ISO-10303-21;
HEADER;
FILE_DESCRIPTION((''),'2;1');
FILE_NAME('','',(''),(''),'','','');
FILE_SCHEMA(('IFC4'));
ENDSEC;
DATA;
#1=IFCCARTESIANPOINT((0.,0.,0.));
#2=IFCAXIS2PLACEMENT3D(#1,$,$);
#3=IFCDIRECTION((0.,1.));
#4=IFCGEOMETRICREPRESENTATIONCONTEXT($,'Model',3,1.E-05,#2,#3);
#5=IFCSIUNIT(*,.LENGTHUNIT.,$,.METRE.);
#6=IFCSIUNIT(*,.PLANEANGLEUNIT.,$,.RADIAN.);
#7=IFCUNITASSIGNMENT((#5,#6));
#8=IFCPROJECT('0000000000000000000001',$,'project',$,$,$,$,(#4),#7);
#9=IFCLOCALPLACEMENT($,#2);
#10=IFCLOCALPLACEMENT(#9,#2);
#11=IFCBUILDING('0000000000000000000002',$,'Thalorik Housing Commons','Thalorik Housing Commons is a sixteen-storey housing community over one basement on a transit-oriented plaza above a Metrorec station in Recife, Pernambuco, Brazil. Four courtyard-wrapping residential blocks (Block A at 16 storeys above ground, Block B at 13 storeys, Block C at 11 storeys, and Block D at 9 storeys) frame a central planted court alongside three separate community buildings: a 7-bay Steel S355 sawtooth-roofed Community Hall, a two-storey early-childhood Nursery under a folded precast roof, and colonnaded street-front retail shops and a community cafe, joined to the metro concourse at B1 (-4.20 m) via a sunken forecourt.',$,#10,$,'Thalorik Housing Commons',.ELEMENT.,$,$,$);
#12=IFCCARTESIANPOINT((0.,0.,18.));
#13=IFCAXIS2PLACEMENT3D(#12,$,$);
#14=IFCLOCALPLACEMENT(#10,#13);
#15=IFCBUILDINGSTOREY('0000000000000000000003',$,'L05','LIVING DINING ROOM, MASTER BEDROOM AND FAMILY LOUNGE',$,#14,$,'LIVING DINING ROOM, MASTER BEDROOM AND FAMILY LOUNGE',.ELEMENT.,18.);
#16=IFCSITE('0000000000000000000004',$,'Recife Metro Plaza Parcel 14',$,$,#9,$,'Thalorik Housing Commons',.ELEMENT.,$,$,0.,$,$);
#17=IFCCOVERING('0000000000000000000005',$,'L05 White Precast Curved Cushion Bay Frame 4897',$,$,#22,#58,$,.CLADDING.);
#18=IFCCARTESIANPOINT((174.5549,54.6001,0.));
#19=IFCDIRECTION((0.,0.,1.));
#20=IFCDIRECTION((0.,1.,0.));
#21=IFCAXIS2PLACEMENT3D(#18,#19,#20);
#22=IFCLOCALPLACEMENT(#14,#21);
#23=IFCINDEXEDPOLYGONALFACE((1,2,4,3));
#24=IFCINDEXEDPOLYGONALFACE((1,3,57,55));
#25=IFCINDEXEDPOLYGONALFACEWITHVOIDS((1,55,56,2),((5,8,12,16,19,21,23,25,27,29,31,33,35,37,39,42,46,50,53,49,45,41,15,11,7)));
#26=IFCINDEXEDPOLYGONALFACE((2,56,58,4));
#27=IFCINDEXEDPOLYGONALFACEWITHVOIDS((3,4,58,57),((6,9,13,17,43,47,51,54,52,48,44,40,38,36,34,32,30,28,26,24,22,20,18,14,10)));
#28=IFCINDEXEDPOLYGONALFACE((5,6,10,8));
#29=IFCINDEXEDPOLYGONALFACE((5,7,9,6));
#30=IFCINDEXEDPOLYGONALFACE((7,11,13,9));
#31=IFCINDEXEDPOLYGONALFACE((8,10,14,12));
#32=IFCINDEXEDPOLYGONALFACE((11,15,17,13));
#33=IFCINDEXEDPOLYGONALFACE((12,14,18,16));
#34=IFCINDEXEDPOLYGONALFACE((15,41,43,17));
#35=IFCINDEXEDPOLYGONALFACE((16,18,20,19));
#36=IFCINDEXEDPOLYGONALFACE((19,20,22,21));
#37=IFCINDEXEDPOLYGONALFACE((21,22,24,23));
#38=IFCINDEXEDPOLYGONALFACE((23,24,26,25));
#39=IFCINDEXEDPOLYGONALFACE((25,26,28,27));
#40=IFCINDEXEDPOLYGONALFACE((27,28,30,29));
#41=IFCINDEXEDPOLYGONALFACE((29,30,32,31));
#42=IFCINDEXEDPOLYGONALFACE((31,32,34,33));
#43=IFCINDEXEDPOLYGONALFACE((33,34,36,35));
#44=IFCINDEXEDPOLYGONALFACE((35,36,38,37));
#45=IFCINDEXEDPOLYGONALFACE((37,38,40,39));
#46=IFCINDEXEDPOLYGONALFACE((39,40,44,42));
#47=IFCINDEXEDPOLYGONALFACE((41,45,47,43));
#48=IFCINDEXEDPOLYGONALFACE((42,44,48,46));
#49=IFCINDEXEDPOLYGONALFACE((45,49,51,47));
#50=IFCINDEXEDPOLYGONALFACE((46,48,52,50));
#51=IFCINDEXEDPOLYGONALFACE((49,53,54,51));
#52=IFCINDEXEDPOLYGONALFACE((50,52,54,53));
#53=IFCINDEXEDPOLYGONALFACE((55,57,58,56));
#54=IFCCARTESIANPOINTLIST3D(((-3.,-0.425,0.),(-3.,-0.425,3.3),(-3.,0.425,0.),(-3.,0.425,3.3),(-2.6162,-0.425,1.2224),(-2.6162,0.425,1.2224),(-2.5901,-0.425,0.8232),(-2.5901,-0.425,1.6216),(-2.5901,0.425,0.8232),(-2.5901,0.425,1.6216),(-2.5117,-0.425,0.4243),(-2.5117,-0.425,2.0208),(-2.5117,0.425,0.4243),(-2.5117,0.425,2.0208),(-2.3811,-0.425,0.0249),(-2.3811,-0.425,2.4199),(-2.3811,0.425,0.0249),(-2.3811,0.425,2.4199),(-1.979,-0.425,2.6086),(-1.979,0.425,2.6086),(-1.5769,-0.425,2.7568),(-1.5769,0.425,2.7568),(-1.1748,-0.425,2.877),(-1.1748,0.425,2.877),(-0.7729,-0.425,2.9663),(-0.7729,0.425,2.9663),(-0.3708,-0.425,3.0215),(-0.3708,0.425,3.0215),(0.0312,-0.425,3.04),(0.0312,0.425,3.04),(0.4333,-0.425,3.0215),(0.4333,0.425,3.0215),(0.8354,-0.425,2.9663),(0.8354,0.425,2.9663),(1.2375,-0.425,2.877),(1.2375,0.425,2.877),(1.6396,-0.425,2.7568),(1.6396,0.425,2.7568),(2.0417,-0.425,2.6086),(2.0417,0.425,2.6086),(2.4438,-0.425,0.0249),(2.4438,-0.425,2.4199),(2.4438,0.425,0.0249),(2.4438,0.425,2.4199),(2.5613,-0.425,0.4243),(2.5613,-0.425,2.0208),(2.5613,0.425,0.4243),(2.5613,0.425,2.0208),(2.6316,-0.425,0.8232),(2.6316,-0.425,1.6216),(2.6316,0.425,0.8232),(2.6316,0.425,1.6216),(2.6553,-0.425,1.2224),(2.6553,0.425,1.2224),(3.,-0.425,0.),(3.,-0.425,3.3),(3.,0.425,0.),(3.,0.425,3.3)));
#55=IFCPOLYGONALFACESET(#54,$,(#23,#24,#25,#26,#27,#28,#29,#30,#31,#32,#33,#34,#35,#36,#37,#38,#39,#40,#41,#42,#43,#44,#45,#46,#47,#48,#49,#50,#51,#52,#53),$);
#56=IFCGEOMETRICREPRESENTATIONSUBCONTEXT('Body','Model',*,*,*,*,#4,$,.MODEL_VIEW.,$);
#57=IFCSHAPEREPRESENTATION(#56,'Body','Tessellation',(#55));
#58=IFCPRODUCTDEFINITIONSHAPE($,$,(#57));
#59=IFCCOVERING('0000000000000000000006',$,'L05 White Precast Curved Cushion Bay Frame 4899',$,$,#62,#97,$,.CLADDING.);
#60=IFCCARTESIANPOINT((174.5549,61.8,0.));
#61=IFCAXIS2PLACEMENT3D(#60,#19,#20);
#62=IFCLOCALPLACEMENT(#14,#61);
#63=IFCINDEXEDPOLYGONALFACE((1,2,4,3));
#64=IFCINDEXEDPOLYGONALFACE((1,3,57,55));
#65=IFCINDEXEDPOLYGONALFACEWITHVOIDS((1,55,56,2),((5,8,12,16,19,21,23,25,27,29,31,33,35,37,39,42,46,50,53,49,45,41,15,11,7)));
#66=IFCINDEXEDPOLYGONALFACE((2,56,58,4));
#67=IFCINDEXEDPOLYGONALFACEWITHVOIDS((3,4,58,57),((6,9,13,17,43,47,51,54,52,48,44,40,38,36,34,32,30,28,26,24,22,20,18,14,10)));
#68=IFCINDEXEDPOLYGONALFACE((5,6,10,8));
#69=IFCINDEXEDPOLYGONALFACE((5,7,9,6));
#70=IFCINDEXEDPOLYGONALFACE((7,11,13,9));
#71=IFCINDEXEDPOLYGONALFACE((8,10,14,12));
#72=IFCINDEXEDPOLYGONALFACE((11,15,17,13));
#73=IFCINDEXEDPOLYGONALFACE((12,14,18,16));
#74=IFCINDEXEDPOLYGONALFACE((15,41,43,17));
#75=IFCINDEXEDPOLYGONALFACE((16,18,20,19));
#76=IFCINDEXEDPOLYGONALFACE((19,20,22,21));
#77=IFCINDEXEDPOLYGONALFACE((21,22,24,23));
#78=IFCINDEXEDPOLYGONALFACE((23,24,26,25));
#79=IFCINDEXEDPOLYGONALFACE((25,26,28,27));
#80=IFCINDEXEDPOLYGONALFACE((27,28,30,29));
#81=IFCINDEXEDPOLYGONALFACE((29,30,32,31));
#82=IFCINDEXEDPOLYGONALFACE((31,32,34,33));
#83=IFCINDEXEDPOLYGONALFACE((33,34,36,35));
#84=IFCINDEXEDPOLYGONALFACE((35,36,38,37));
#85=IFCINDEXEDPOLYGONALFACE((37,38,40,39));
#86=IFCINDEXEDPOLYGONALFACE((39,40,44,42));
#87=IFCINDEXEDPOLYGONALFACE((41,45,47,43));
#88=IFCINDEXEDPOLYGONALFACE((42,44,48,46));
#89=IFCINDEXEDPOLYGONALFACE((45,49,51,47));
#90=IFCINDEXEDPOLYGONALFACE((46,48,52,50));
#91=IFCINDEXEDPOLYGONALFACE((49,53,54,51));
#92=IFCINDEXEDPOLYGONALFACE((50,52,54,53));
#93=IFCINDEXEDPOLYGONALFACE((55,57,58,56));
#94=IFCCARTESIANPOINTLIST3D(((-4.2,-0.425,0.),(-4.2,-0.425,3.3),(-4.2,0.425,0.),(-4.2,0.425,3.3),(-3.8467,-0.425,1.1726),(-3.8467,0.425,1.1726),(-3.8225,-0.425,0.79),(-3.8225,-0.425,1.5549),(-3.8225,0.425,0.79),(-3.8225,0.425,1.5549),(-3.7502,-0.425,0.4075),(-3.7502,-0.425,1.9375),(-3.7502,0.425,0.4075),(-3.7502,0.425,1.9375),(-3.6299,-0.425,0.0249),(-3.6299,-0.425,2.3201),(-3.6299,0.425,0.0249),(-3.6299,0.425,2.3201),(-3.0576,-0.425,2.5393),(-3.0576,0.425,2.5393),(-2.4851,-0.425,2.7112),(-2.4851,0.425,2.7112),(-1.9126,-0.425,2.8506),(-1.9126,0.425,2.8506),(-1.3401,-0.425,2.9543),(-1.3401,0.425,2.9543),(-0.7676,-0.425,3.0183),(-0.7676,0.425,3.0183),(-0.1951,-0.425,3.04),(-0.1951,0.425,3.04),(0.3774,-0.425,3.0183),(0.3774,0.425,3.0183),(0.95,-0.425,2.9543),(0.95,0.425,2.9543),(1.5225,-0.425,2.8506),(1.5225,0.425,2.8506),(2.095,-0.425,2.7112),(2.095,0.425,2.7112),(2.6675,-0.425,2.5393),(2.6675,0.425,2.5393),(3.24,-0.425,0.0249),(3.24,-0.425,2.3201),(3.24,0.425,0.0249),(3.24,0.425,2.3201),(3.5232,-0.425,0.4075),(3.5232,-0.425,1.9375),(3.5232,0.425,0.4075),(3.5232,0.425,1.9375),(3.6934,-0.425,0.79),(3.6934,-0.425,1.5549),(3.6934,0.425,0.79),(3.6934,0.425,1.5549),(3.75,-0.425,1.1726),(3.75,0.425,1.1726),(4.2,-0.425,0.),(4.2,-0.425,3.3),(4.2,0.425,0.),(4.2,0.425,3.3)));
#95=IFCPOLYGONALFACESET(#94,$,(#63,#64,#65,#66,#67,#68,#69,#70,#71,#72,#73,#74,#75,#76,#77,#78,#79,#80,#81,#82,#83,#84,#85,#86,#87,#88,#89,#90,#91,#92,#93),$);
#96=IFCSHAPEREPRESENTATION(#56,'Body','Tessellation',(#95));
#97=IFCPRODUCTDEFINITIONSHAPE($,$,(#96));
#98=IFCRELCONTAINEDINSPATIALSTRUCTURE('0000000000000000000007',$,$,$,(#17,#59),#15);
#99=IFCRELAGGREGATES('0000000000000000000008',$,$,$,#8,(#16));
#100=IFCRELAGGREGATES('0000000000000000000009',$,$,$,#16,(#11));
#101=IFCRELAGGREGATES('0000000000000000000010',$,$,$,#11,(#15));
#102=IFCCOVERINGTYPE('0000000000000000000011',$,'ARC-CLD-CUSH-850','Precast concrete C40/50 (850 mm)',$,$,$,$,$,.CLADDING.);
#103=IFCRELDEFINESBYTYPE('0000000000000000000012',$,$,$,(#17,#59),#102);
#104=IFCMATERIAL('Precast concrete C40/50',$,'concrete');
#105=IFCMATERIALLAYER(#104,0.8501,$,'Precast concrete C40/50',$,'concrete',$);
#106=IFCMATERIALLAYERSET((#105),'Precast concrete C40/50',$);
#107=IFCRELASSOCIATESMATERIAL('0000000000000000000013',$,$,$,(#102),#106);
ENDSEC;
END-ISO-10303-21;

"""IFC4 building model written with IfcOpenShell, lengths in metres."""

from ifc_helpers import new_model, si_unit, direction, frame, origin, place, context, subcontext, project, spatial, polyline, outline, extrude, material, layer, layer_set, type_object, element, save


model = new_model("IFC4")

# Units and contexts
model_context = context("Model", 3, precision=1e-05, world=origin(), true_north=direction((0.0, 1.0)))
body_context = subcontext(model_context, "Body", "Model", "MODEL_VIEW")
ifc_project = project(units=[si_unit("LENGTHUNIT", "METRE"), si_unit("PLANEANGLEUNIT", "RADIAN")], contexts=[model_context])

# Site, building, storey
site_placement = place(None, origin())
site = spatial("IfcSite", under=ifc_project, at=site_placement, Name="Recife Metro Plaza Parcel 14", LongName="Thalorik Housing Commons", CompositionType="ELEMENT", RefElevation=0.0)
building_placement = place(site_placement, origin())
building = spatial("IfcBuilding", under=site, at=building_placement, Name="Thalorik Housing Commons", Description="Thalorik Housing Commons is a sixteen-storey housing community over one basement on a transit-oriented plaza above a Metrorec station in Recife, Pernambuco, Brazil. Four courtyard-wrapping residential blocks (Block A at 16 storeys above ground, Block B at 13 storeys, Block C at 11 storeys, and Block D at 9 storeys) frame a central planted court alongside three separate community buildings: a 7-bay Steel S355 sawtooth-roofed Community Hall, a two-storey early-childhood Nursery under a folded precast roof, and colonnaded street-front retail shops and a community cafe, joined to the metro concourse at B1 (-4.20 m) via a sunken forecourt.", LongName="Thalorik Housing Commons", CompositionType="ELEMENT")
storey_placement = place(building_placement, frame((0.0, 0.0, 18.0)))
storey = spatial("IfcBuildingStorey", under=building, at=storey_placement, Name="L05", Description="LIVING DINING ROOM, MASTER BEDROOM AND FAMILY LOUNGE", LongName="LIVING DINING ROOM, MASTER BEDROOM AND FAMILY LOUNGE", CompositionType="ELEMENT", Elevation=18.0)

# Shared definitions
ifc_material_1 = material(Name="Precast concrete C40/50", Category="concrete")

# Coverings
ifc_layer_1 = layer(ifc_material_1, 0.8501, Name="Precast concrete C40/50", Category="concrete")
ifc_layer_set_1 = layer_set([ifc_layer_1], Name="Precast concrete C40/50")
covering_type_1 = type_object("IfcCoveringType", Name="ARC-CLD-CUSH-850", Description="Precast concrete C40/50 (850 mm)", PredefinedType="CLADDING", material=ifc_layer_set_1)
covering_1_placement = place(storey_placement, frame((174.5549, 54.6001, 0.0), z_axis=(0.0, 0.0, 1.0), x_axis=(0.0, 1.0, 0.0)))
element("IfcCovering", 1, at=covering_1_placement, inside=storey, type_object=covering_type_1, Name="L05 White Precast Curved Cushion Bay Frame 4897", PredefinedType="CLADDING", context=body_context, shape_type="SweptSolid", body=[
    extrude(outline(polyline([(-3.0, 0.0), (3.0, 0.0), (3.0, 3.3), (-3.0, 3.3), (-3.0, 0.0)]), holes=[polyline([(2.4438, 0.0249), (2.5613, 0.4243), (2.6316, 0.8232), (2.6553, 1.2224), (2.6316, 1.6216), (2.5613, 2.0208), (2.4438, 2.4199), (2.0417, 2.6086), (1.6396, 2.7568), (1.2375, 2.877), (0.8354, 2.9663), (0.4333, 3.0215), (0.0312, 3.04), (-0.3708, 3.0215), (-0.7729, 2.9663), (-1.1748, 2.877), (-1.5769, 2.7568), (-1.979, 2.6086), (-2.3811, 2.4199), (-2.5117, 2.0208), (-2.5901, 1.6216), (-2.6162, 1.2224), (-2.5901, 0.8232), (-2.5117, 0.4243), (-2.3811, 0.0249), (2.4438, 0.0249)])]), frame((0.0, 0.425, 0.0), z_axis=(0.0, -1.0, 0.0), x_axis=(1.0, 0.0, 0.0)), (0.0, 0.0, 1.0), 0.8501),
])
covering_2_placement = place(storey_placement, frame((174.5549, 61.8, 0.0), z_axis=(0.0, 0.0, 1.0), x_axis=(0.0, 1.0, 0.0)))
element("IfcCovering", 2, at=covering_2_placement, inside=storey, type_object=covering_type_1, Name="L05 White Precast Curved Cushion Bay Frame 4899", PredefinedType="CLADDING", context=body_context, shape_type="SweptSolid", body=[
    extrude(outline(polyline([(-4.2, 0.0), (4.2, 0.0), (4.2, 3.3), (-4.2, 3.3), (-4.2, 0.0)]), holes=[polyline([(3.24, 0.0249), (3.5232, 0.4075), (3.6934, 0.79), (3.75, 1.1726), (3.6934, 1.5549), (3.5232, 1.9375), (3.24, 2.3201), (2.6675, 2.5393), (2.095, 2.7112), (1.5225, 2.8506), (0.95, 2.9543), (0.3774, 3.0183), (-0.1951, 3.04), (-0.7676, 3.0183), (-1.3401, 2.9543), (-1.9126, 2.8506), (-2.4851, 2.7112), (-3.0576, 2.5393), (-3.6299, 2.3201), (-3.7502, 1.9375), (-3.8225, 1.5549), (-3.8467, 1.1726), (-3.8225, 0.79), (-3.7502, 0.4075), (-3.6299, 0.0249), (3.24, 0.0249)])]), frame((0.0, 0.425, 0.0), z_axis=(0.0, -1.0, 0.0), x_axis=(1.0, 0.0, 0.0)), (0.0, 0.0, 1.0), 0.8501),
])

save(model, "model.ifc")
